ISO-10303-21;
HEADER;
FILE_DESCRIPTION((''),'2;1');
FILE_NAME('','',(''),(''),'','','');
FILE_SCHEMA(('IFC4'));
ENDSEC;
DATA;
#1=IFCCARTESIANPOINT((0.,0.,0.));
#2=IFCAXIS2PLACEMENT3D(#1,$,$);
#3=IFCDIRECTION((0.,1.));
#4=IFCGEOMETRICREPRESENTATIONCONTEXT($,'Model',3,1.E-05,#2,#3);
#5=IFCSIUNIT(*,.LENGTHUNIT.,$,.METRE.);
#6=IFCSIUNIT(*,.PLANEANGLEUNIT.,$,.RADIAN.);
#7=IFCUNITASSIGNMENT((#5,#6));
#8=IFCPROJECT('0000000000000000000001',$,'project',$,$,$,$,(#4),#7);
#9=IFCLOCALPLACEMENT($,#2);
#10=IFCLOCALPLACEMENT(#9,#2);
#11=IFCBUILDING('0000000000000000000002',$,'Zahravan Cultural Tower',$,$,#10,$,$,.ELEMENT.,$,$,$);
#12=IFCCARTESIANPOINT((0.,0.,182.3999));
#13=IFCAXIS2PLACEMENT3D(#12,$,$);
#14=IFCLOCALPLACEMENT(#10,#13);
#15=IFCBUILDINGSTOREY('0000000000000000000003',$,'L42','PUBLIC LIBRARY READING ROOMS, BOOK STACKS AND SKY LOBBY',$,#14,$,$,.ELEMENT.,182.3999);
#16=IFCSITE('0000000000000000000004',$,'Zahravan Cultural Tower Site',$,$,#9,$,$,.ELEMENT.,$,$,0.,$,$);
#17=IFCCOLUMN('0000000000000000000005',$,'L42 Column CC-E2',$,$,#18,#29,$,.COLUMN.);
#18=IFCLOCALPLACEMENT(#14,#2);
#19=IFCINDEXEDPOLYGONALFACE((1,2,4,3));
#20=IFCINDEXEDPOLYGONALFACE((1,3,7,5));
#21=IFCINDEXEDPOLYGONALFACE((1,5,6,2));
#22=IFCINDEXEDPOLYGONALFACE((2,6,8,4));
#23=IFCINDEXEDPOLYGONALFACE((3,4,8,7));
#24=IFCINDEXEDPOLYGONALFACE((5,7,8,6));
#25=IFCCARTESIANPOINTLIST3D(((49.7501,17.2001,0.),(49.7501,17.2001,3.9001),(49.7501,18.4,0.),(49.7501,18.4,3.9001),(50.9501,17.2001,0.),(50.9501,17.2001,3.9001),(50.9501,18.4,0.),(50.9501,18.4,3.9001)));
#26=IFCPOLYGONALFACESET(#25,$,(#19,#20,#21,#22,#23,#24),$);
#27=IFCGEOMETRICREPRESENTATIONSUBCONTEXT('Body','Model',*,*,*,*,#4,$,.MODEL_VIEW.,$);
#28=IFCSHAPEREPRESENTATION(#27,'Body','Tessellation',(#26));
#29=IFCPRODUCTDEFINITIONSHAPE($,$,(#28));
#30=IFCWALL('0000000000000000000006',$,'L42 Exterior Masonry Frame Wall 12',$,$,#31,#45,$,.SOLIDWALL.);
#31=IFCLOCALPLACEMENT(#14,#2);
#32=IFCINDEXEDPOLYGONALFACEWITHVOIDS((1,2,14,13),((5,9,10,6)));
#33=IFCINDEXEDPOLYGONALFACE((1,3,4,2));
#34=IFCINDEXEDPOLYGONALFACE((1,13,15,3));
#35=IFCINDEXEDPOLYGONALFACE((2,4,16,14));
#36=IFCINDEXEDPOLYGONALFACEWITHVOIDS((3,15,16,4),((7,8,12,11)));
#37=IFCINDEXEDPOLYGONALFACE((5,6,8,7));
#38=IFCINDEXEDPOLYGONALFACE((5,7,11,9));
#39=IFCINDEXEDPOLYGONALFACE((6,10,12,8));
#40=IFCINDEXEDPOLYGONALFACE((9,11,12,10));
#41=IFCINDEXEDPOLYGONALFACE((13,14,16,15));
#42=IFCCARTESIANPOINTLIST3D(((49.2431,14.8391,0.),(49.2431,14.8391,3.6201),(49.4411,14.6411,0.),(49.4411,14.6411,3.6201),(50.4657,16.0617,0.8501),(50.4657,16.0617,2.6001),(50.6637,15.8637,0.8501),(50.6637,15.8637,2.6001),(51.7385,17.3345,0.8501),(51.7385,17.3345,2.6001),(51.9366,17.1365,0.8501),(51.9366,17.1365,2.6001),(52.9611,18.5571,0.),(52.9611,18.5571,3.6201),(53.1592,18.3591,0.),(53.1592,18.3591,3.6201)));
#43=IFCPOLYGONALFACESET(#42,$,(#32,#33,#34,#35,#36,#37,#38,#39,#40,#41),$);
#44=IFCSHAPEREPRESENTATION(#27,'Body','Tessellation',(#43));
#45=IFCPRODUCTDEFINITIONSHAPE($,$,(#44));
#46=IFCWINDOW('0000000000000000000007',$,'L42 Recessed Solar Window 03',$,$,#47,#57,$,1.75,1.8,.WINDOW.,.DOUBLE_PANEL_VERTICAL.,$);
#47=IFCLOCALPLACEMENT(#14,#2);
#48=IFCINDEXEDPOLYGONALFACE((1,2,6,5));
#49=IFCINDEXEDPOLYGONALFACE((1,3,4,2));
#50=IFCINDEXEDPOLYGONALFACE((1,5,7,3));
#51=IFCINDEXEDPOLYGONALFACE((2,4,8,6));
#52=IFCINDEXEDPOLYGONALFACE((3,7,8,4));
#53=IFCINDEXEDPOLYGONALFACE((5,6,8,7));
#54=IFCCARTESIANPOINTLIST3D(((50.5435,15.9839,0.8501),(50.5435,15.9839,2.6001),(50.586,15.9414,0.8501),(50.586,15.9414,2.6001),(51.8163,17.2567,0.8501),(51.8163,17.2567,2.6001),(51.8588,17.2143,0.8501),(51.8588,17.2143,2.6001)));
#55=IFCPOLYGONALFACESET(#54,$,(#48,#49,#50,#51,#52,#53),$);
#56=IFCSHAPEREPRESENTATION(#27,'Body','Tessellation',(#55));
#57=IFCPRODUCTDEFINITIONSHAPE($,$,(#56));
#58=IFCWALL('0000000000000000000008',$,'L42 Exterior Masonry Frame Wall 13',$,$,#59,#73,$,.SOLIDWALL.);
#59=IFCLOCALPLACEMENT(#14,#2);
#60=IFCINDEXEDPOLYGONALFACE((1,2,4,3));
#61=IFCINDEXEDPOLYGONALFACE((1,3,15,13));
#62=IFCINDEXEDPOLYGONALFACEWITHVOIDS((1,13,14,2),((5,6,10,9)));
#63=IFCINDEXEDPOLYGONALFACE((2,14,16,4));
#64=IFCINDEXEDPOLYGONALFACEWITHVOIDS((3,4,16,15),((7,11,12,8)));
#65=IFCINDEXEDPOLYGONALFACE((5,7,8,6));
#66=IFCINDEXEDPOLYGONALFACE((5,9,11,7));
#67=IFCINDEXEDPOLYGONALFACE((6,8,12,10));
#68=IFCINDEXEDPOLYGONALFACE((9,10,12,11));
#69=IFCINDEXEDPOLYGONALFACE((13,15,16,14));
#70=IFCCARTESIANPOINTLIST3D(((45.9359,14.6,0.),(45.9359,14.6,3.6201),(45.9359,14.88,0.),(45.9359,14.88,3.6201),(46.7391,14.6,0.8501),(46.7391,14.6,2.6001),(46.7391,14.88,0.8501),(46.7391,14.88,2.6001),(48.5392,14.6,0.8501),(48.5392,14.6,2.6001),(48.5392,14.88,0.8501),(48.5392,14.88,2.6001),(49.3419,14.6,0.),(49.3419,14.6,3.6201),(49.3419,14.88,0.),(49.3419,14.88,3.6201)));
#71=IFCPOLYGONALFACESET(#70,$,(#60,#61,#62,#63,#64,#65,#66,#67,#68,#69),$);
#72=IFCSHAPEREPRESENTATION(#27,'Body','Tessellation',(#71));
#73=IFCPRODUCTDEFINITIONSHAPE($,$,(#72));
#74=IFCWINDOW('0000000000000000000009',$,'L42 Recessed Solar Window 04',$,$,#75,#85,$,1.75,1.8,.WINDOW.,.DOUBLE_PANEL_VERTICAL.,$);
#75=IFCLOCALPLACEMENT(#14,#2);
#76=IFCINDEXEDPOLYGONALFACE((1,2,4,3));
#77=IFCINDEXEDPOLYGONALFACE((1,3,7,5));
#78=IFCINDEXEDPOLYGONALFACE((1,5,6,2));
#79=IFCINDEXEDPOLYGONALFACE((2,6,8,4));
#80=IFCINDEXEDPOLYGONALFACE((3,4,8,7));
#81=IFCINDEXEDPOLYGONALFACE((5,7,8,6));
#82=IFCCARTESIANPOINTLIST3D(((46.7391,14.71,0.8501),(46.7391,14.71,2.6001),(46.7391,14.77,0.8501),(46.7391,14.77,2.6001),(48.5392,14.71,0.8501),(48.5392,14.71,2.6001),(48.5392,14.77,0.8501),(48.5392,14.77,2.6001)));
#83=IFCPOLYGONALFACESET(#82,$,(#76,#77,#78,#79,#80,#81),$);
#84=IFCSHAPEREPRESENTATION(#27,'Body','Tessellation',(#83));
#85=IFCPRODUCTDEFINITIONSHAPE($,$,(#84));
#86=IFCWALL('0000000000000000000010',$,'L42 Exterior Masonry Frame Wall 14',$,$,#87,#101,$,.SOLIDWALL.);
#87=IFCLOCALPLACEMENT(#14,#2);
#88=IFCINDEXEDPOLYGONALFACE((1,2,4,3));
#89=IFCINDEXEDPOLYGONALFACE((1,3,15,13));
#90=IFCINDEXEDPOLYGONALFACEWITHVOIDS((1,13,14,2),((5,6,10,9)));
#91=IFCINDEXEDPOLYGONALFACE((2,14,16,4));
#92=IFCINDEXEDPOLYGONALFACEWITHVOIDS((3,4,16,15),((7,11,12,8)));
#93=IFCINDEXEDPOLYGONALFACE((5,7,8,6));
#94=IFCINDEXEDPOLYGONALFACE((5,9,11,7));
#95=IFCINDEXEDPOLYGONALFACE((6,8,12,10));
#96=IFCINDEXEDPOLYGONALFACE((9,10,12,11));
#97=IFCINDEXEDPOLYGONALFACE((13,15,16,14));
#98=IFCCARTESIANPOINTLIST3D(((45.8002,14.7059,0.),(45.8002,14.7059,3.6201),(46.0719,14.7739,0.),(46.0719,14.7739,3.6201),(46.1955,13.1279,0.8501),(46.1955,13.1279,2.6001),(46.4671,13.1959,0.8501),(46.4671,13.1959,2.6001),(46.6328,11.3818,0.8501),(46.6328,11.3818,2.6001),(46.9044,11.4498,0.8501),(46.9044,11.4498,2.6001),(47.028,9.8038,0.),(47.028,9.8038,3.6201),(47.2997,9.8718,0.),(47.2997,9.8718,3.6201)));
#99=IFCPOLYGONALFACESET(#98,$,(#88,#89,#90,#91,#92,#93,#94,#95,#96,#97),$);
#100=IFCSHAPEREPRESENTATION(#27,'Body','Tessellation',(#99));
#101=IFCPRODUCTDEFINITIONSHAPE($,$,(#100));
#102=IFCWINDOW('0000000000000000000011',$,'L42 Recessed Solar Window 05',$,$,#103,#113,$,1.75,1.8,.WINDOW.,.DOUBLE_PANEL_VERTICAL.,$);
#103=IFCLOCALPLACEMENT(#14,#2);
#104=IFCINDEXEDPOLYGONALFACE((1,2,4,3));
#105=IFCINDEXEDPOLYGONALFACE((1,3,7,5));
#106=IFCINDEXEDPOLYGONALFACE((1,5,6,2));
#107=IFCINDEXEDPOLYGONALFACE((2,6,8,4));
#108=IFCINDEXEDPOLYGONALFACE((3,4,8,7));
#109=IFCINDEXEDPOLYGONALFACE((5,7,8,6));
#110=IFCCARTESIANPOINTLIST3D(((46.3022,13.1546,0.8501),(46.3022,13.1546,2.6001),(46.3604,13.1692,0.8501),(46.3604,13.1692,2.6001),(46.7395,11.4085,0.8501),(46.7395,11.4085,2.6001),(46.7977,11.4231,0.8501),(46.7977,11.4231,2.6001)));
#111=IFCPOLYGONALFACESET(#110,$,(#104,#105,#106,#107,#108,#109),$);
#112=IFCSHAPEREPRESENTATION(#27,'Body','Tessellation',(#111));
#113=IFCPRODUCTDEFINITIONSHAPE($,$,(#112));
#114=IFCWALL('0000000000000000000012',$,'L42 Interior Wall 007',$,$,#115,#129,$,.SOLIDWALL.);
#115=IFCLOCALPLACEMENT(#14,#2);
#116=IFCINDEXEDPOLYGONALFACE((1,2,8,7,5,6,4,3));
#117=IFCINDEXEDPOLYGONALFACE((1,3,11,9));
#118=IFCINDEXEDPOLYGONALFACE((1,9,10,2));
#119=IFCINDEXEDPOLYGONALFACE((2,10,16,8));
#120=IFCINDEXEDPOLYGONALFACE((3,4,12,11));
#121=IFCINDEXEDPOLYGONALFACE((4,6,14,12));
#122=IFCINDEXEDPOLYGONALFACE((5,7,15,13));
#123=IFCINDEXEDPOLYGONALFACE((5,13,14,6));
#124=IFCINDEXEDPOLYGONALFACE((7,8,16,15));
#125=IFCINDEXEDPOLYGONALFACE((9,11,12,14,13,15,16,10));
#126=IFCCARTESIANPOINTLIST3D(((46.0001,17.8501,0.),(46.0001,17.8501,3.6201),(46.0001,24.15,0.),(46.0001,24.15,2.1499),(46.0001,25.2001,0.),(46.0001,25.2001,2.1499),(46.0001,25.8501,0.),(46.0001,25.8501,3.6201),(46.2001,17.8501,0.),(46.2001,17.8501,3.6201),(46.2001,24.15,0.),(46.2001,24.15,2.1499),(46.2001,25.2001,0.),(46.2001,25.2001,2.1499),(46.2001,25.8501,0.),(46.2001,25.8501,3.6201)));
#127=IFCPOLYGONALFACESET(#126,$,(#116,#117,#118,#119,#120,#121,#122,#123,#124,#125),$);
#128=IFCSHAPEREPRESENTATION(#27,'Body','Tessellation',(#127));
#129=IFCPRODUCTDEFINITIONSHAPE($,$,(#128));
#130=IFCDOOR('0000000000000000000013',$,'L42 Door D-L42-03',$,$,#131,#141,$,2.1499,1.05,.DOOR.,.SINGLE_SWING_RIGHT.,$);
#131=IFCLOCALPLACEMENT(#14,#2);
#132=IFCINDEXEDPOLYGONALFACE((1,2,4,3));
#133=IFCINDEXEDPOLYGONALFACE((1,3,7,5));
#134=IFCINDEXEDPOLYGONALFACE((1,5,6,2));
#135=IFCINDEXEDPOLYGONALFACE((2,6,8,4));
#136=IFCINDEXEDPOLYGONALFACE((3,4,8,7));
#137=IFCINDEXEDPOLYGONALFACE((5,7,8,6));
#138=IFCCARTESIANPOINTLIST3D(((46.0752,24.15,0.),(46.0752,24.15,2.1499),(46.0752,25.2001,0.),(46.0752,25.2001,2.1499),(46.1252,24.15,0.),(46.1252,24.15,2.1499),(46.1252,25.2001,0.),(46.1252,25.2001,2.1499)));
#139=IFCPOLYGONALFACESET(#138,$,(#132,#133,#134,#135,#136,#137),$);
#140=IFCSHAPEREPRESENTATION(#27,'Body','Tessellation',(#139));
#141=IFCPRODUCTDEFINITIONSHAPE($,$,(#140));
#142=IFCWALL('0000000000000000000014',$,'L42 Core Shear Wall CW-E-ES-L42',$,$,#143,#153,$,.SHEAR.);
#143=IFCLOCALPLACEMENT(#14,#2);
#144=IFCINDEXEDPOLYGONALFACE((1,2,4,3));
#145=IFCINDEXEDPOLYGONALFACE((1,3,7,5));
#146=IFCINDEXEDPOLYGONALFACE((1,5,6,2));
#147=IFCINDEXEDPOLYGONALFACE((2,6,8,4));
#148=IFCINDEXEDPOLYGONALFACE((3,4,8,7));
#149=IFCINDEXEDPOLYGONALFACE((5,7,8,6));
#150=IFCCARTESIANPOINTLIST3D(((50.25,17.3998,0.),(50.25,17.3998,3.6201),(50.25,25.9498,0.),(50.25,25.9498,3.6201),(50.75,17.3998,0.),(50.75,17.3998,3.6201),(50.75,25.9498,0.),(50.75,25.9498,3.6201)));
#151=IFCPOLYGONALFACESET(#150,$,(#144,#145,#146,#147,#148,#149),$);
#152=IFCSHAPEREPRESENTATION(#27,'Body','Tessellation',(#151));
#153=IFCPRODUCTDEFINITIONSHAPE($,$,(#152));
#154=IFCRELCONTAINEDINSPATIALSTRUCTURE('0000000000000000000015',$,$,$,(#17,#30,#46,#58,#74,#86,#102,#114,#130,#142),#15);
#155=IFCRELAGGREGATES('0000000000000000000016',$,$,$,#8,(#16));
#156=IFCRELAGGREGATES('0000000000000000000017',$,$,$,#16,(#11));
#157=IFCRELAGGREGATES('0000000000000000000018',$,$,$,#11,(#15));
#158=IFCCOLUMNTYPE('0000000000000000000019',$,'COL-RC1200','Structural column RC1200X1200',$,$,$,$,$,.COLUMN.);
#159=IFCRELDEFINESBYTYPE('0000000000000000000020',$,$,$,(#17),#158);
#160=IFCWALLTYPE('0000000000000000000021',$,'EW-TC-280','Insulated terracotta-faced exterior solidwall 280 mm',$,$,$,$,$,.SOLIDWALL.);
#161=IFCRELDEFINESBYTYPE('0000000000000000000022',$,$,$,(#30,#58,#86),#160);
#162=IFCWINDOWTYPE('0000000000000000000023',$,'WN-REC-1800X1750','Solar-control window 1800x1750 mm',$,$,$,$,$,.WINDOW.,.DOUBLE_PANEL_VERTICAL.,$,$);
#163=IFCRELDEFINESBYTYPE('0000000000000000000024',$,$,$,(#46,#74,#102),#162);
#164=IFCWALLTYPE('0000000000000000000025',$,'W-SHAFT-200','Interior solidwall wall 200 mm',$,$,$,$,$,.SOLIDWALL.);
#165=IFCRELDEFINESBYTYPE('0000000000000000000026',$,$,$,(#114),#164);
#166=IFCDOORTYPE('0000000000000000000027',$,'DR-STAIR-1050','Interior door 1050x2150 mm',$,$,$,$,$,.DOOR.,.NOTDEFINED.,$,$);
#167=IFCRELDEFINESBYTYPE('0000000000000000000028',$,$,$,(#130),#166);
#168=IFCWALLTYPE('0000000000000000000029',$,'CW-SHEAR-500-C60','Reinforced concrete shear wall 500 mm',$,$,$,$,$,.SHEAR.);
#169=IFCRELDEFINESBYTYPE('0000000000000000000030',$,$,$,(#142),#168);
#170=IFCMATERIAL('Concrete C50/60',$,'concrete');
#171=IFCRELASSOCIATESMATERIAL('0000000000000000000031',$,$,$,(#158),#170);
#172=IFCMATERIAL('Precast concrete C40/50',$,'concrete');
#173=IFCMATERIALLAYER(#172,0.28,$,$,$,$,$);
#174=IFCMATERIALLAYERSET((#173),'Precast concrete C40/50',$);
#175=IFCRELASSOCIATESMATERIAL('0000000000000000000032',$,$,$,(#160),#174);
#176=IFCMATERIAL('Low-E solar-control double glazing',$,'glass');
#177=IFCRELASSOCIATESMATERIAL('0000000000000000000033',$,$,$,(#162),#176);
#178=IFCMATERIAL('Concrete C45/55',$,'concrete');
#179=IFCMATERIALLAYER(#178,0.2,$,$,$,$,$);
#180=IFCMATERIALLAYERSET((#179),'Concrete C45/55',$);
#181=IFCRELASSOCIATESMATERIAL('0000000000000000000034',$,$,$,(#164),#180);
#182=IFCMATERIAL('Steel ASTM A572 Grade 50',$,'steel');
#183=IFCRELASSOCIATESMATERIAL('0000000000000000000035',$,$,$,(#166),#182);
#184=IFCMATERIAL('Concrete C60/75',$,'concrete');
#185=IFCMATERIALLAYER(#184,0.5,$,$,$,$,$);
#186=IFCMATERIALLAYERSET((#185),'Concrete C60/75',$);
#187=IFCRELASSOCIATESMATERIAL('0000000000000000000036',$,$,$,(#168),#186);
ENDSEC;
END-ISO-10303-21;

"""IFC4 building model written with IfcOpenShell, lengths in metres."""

from ifc_helpers import new_model, si_unit, direction, frame, frame_2d, origin, origin_2d, place, context, subcontext, project, spatial, rectangle, extrude, source, transform, mapped, material, layer, layer_set, material_profile, profile_set, type_object, element, fill, save


model = new_model("IFC4")

# Units and contexts
model_context = context("Model", 3, precision=1e-05, world=origin(), true_north=direction((0.0, 1.0)))
body_context = subcontext(model_context, "Body", "Model", "MODEL_VIEW")
ifc_project = project(units=[si_unit("LENGTHUNIT", "METRE"), si_unit("PLANEANGLEUNIT", "RADIAN")], contexts=[model_context])

# Site, building, storey
site_placement = place(None, origin())
site = spatial("IfcSite", under=ifc_project, at=site_placement, Name="Zahravan Cultural Tower Site", CompositionType="ELEMENT", RefElevation=0.0)
building_placement = place(site_placement, origin())
building = spatial("IfcBuilding", under=site, at=building_placement, Name="Zahravan Cultural Tower", CompositionType="ELEMENT")
storey_placement = place(building_placement, frame((0.0, 0.0, 182.3999)))
storey = spatial("IfcBuildingStorey", under=building, at=storey_placement, Name="L42", Description="PUBLIC LIBRARY READING ROOMS, BOOK STACKS AND SKY LOBBY", CompositionType="ELEMENT", Elevation=182.3999)

# Column
ifc_material_1 = material(Name="Concrete C50/60", Category="concrete")
ifc_material_profile = material_profile(ifc_material_1, rectangle(XDim=1.2, YDim=1.2, at=origin_2d()), Name="RC1200X1200")
ifc_profile_set = profile_set([ifc_material_profile], Name="Concrete C50/60")
column_type = type_object("IfcColumnType", Name="COL-RC1200", Description="Structural column RC1200X1200", PredefinedType="COLUMN", material=ifc_profile_set)
shared_shape_1 = source(origin(), body_context, "Body", "SweptSolid", [
    extrude(rectangle(XDim=1.2, YDim=1.2, at=origin_2d()), origin(), (0.0, 0.0, 1.0), 3.9001),
])
column_placement = place(storey_placement, frame((50.3501, 17.8, 0.0), z_axis=(0.0, 0.0, 1.0), x_axis=(1.0, 0.0, 0.0)))
element("IfcColumn", 1, at=column_placement, inside=storey, type_object=column_type, Name="L42 Column CC-E2", PredefinedType="COLUMN", context=body_context, shape_type="MappedRepresentation", body=[
    mapped(shared_shape_1, transform((0.0, 0.0, 0.0), x_axis=(1.0, 0.0, 0.0), y_axis=(0.0, 1.0, 0.0), z_axis=(0.0, 0.0, 1.0), scale=1.0)),
])

# Walls, openings, windows
ifc_material_2 = material(Name="Precast concrete C40/50", Category="concrete")
ifc_layer_1 = layer(ifc_material_2, 0.28)
ifc_layer_set_1 = layer_set([ifc_layer_1], Name="Precast concrete C40/50")
wall_type_1 = type_object("IfcWallType", Name="EW-TC-280", Description="Insulated terracotta-faced exterior solidwall 280 mm", PredefinedType="SOLIDWALL", material=ifc_layer_set_1)
wall_1_placement = place(storey_placement, frame((53.0601, 18.458, 0.0), z_axis=(0.0, 0.0, 1.0), x_axis=(-0.707107, -0.707107, 0.0)))
wall_1 = element("IfcWall", 2, at=wall_1_placement, inside=storey, type_object=wall_type_1, Name="L42 Exterior Masonry Frame Wall 12", PredefinedType="SOLIDWALL", context=body_context, shape_type="SweptSolid", body=[
    extrude(rectangle(XDim=5.2581, YDim=0.28, at=frame_2d((2.6289, 0.0))), origin(), (0.0, 0.0, 1.0), 3.6201),
])
opening_1_placement = place(wall_1_placement, frame((1.729, 0.0, 0.8501)))
opening_1 = element("IfcOpeningElement", 3, at=opening_1_placement, cuts=wall_1, PredefinedType="OPENING", context=body_context, shape_type="SweptSolid", body=[
    extrude(rectangle(XDim=1.8, YDim=1.75, at=frame_2d((0.8999, 0.875))), frame((0.0, 0.1499, 0.0), z_axis=(0.0, -1.0, 0.0), x_axis=(1.0, 0.0, 0.0)), (0.0, 0.0, 1.0), 0.3),
])
ifc_material_3 = material(Name="Low-E solar-control double glazing", Category="glass")
window_type = type_object("IfcWindowType", Name="WN-REC-1800X1750", Description="Solar-control window 1800x1750 mm", PartitioningType="DOUBLE_PANEL_VERTICAL", PredefinedType="WINDOW", material=ifc_material_3)
shared_shape_2 = source(origin(), body_context, "Body", "SweptSolid", [
    extrude(rectangle(XDim=1.8, YDim=1.75, at=frame_2d((0.8999, 0.875))), frame((0.0, 0.03, 0.0), z_axis=(0.0, -1.0, 0.0), x_axis=(1.0, 0.0, 0.0)), (0.0, 0.0, 1.0), 0.0601),
])
window_1_placement = place(opening_1_placement, origin())
window_1 = element("IfcWindow", 4, at=window_1_placement, inside=storey, type_object=window_type, Name="L42 Recessed Solar Window 03", OverallHeight=1.75, OverallWidth=1.8, PartitioningType="DOUBLE_PANEL_VERTICAL", PredefinedType="WINDOW", context=body_context, shape_type="MappedRepresentation", body=[
    mapped(shared_shape_2, transform((0.0, 0.0, 0.0), x_axis=(1.0, 0.0, 0.0), y_axis=(0.0, 1.0, 0.0), z_axis=(0.0, 0.0, 1.0), scale=1.0)),
])
fill(opening_1, window_1)
wall_2_placement = place(storey_placement, frame((49.342, 14.74, 0.0), z_axis=(0.0, 0.0, 1.0), x_axis=(-1.0, 0.0, 0.0)))
wall_2 = element("IfcWall", 5, at=wall_2_placement, inside=storey, type_object=wall_type_1, Name="L42 Exterior Masonry Frame Wall 13", PredefinedType="SOLIDWALL", context=body_context, shape_type="SweptSolid", body=[
    extrude(rectangle(XDim=3.406, YDim=0.28, at=frame_2d((1.7031, 0.0))), origin(), (0.0, 0.0, 1.0), 3.6201),
])
opening_2_placement = place(wall_2_placement, frame((0.803, 0.0, 0.8501)))
opening_2 = element("IfcOpeningElement", 6, at=opening_2_placement, cuts=wall_2, PredefinedType="OPENING", context=body_context, shape_type="SweptSolid", body=[
    extrude(rectangle(XDim=1.8, YDim=1.75, at=frame_2d((0.8999, 0.875))), frame((0.0, 0.1499, 0.0), z_axis=(0.0, -1.0, 0.0), x_axis=(1.0, 0.0, 0.0)), (0.0, 0.0, 1.0), 0.3),
])
window_2_placement = place(opening_2_placement, origin())
window_2 = element("IfcWindow", 7, at=window_2_placement, inside=storey, type_object=window_type, Name="L42 Recessed Solar Window 04", OverallHeight=1.75, OverallWidth=1.8, PartitioningType="DOUBLE_PANEL_VERTICAL", PredefinedType="WINDOW", context=body_context, shape_type="MappedRepresentation", body=[
    mapped(shared_shape_2, transform((0.0, 0.0, 0.0), x_axis=(1.0, 0.0, 0.0), y_axis=(0.0, 1.0, 0.0), z_axis=(0.0, 0.0, 1.0), scale=1.0)),
])
fill(opening_2, window_2)
wall_3_placement = place(storey_placement, frame((45.936, 14.74, 0.0), z_axis=(0.0, 0.0, 1.0), x_axis=(0.242956, -0.970037, 0.0)))
wall_3 = element("IfcWall", 8, at=wall_3_placement, inside=storey, type_object=wall_type_1, Name="L42 Exterior Masonry Frame Wall 14", PredefinedType="SOLIDWALL", context=body_context, shape_type="SweptSolid", body=[
    extrude(rectangle(XDim=5.0535, YDim=0.28, at=frame_2d((2.5269, 0.0))), origin(), (0.0, 0.0, 1.0), 3.6201),
])
opening_3_placement = place(wall_3_placement, frame((1.627, 0.0, 0.8501)))
opening_3 = element("IfcOpeningElement", 9, at=opening_3_placement, cuts=wall_3, PredefinedType="OPENING", context=body_context, shape_type="SweptSolid", body=[
    extrude(rectangle(XDim=1.8, YDim=1.75, at=frame_2d((0.8999, 0.875))), frame((0.0, 0.1499, 0.0), z_axis=(0.0, -1.0, 0.0), x_axis=(1.0, 0.0, 0.0)), (0.0, 0.0, 1.0), 0.3),
])
window_3_placement = place(opening_3_placement, origin())
window_3 = element("IfcWindow", 10, at=window_3_placement, inside=storey, type_object=window_type, Name="L42 Recessed Solar Window 05", OverallHeight=1.75, OverallWidth=1.8, PartitioningType="DOUBLE_PANEL_VERTICAL", PredefinedType="WINDOW", context=body_context, shape_type="MappedRepresentation", body=[
    mapped(shared_shape_2, transform((0.0, 0.0, 0.0), x_axis=(1.0, 0.0, 0.0), y_axis=(0.0, 1.0, 0.0), z_axis=(0.0, 0.0, 1.0), scale=1.0)),
])
fill(opening_3, window_3)

# Wall, opening, door
ifc_material_4 = material(Name="Concrete C45/55", Category="concrete")
ifc_layer_2 = layer(ifc_material_4, 0.2)
ifc_layer_set_2 = layer_set([ifc_layer_2], Name="Concrete C45/55")
wall_type_2 = type_object("IfcWallType", Name="W-SHAFT-200", Description="Interior solidwall wall 200 mm", PredefinedType="SOLIDWALL", material=ifc_layer_set_2)
wall_4_placement = place(storey_placement, frame((46.1001, 17.8501, 0.0), z_axis=(0.0, 0.0, 1.0), x_axis=(0.0, 1.0, 0.0)))
wall_4 = element("IfcWall", 11, at=wall_4_placement, inside=storey, type_object=wall_type_2, Name="L42 Interior Wall 007", PredefinedType="SOLIDWALL", context=body_context, shape_type="SweptSolid", body=[
    extrude(rectangle(XDim=8.0, YDim=0.2, at=frame_2d((4.0, 0.0))), origin(), (0.0, 0.0, 1.0), 3.6201),
])
opening_4_placement = place(wall_4_placement, frame((6.3, 0.0, 0.0)))
opening_4 = element("IfcOpeningElement", 12, at=opening_4_placement, cuts=wall_4, PredefinedType="OPENING", context=body_context, shape_type="SweptSolid", body=[
    extrude(rectangle(XDim=1.05, YDim=2.1499, at=frame_2d((0.5249, 1.075))), frame((0.0, 0.1099, 0.0), z_axis=(0.0, -1.0, 0.0), x_axis=(1.0, 0.0, 0.0)), (0.0, 0.0, 1.0), 0.22),
])
ifc_material_5 = material(Name="Steel ASTM A572 Grade 50", Category="steel")
door_type = type_object("IfcDoorType", Name="DR-STAIR-1050", Description="Interior door 1050x2150 mm", OperationType="NOTDEFINED", PredefinedType="DOOR", material=ifc_material_5)
shared_shape_3 = source(origin(), body_context, "Body", "SweptSolid", [
    extrude(rectangle(XDim=1.05, YDim=2.1499, at=frame_2d((0.5249, 1.075))), frame((0.0, 0.0249, 0.0), z_axis=(0.0, -1.0, 0.0), x_axis=(1.0, 0.0, 0.0)), (0.0, 0.0, 1.0), 0.05),
])
door_placement = place(opening_4_placement, origin())
door = element("IfcDoor", 13, at=door_placement, inside=storey, type_object=door_type, Name="L42 Door D-L42-03", OperationType="SINGLE_SWING_RIGHT", OverallHeight=2.1499, OverallWidth=1.05, PredefinedType="DOOR", context=body_context, shape_type="MappedRepresentation", body=[
    mapped(shared_shape_3, transform((0.0, 0.0, 0.0), x_axis=(1.0, 0.0, 0.0), y_axis=(0.0, 1.0, 0.0), z_axis=(0.0, 0.0, 1.0), scale=1.0)),
])
fill(opening_4, door)

# Wall
ifc_material_6 = material(Name="Concrete C60/75", Category="concrete")
ifc_layer_3 = layer(ifc_material_6, 0.5)
ifc_layer_set_3 = layer_set([ifc_layer_3], Name="Concrete C60/75")
wall_type_3 = type_object("IfcWallType", Name="CW-SHEAR-500-C60", Description="Reinforced concrete shear wall 500 mm", PredefinedType="SHEAR", material=ifc_layer_set_3)
shared_shape_4 = source(origin(), body_context, "Body", "SweptSolid", [
    extrude(rectangle(XDim=8.55, YDim=0.5, at=frame_2d((4.2749, 0.0))), origin(), (0.0, 0.0, 1.0), 3.6201),
])
wall_5_placement = place(storey_placement, frame((50.5, 17.3999, 0.0), z_axis=(0.0, 0.0, 1.0), x_axis=(0.0, 1.0, 0.0)))
element("IfcWall", 14, at=wall_5_placement, inside=storey, type_object=wall_type_3, Name="L42 Core Shear Wall CW-E-ES-L42", PredefinedType="SHEAR", context=body_context, shape_type="MappedRepresentation", body=[
    mapped(shared_shape_4, transform((0.0, 0.0, 0.0), x_axis=(1.0, 0.0, 0.0), y_axis=(0.0, 1.0, 0.0), z_axis=(0.0, 0.0, 1.0), scale=1.0)),
])

save(model, "model.ifc")
